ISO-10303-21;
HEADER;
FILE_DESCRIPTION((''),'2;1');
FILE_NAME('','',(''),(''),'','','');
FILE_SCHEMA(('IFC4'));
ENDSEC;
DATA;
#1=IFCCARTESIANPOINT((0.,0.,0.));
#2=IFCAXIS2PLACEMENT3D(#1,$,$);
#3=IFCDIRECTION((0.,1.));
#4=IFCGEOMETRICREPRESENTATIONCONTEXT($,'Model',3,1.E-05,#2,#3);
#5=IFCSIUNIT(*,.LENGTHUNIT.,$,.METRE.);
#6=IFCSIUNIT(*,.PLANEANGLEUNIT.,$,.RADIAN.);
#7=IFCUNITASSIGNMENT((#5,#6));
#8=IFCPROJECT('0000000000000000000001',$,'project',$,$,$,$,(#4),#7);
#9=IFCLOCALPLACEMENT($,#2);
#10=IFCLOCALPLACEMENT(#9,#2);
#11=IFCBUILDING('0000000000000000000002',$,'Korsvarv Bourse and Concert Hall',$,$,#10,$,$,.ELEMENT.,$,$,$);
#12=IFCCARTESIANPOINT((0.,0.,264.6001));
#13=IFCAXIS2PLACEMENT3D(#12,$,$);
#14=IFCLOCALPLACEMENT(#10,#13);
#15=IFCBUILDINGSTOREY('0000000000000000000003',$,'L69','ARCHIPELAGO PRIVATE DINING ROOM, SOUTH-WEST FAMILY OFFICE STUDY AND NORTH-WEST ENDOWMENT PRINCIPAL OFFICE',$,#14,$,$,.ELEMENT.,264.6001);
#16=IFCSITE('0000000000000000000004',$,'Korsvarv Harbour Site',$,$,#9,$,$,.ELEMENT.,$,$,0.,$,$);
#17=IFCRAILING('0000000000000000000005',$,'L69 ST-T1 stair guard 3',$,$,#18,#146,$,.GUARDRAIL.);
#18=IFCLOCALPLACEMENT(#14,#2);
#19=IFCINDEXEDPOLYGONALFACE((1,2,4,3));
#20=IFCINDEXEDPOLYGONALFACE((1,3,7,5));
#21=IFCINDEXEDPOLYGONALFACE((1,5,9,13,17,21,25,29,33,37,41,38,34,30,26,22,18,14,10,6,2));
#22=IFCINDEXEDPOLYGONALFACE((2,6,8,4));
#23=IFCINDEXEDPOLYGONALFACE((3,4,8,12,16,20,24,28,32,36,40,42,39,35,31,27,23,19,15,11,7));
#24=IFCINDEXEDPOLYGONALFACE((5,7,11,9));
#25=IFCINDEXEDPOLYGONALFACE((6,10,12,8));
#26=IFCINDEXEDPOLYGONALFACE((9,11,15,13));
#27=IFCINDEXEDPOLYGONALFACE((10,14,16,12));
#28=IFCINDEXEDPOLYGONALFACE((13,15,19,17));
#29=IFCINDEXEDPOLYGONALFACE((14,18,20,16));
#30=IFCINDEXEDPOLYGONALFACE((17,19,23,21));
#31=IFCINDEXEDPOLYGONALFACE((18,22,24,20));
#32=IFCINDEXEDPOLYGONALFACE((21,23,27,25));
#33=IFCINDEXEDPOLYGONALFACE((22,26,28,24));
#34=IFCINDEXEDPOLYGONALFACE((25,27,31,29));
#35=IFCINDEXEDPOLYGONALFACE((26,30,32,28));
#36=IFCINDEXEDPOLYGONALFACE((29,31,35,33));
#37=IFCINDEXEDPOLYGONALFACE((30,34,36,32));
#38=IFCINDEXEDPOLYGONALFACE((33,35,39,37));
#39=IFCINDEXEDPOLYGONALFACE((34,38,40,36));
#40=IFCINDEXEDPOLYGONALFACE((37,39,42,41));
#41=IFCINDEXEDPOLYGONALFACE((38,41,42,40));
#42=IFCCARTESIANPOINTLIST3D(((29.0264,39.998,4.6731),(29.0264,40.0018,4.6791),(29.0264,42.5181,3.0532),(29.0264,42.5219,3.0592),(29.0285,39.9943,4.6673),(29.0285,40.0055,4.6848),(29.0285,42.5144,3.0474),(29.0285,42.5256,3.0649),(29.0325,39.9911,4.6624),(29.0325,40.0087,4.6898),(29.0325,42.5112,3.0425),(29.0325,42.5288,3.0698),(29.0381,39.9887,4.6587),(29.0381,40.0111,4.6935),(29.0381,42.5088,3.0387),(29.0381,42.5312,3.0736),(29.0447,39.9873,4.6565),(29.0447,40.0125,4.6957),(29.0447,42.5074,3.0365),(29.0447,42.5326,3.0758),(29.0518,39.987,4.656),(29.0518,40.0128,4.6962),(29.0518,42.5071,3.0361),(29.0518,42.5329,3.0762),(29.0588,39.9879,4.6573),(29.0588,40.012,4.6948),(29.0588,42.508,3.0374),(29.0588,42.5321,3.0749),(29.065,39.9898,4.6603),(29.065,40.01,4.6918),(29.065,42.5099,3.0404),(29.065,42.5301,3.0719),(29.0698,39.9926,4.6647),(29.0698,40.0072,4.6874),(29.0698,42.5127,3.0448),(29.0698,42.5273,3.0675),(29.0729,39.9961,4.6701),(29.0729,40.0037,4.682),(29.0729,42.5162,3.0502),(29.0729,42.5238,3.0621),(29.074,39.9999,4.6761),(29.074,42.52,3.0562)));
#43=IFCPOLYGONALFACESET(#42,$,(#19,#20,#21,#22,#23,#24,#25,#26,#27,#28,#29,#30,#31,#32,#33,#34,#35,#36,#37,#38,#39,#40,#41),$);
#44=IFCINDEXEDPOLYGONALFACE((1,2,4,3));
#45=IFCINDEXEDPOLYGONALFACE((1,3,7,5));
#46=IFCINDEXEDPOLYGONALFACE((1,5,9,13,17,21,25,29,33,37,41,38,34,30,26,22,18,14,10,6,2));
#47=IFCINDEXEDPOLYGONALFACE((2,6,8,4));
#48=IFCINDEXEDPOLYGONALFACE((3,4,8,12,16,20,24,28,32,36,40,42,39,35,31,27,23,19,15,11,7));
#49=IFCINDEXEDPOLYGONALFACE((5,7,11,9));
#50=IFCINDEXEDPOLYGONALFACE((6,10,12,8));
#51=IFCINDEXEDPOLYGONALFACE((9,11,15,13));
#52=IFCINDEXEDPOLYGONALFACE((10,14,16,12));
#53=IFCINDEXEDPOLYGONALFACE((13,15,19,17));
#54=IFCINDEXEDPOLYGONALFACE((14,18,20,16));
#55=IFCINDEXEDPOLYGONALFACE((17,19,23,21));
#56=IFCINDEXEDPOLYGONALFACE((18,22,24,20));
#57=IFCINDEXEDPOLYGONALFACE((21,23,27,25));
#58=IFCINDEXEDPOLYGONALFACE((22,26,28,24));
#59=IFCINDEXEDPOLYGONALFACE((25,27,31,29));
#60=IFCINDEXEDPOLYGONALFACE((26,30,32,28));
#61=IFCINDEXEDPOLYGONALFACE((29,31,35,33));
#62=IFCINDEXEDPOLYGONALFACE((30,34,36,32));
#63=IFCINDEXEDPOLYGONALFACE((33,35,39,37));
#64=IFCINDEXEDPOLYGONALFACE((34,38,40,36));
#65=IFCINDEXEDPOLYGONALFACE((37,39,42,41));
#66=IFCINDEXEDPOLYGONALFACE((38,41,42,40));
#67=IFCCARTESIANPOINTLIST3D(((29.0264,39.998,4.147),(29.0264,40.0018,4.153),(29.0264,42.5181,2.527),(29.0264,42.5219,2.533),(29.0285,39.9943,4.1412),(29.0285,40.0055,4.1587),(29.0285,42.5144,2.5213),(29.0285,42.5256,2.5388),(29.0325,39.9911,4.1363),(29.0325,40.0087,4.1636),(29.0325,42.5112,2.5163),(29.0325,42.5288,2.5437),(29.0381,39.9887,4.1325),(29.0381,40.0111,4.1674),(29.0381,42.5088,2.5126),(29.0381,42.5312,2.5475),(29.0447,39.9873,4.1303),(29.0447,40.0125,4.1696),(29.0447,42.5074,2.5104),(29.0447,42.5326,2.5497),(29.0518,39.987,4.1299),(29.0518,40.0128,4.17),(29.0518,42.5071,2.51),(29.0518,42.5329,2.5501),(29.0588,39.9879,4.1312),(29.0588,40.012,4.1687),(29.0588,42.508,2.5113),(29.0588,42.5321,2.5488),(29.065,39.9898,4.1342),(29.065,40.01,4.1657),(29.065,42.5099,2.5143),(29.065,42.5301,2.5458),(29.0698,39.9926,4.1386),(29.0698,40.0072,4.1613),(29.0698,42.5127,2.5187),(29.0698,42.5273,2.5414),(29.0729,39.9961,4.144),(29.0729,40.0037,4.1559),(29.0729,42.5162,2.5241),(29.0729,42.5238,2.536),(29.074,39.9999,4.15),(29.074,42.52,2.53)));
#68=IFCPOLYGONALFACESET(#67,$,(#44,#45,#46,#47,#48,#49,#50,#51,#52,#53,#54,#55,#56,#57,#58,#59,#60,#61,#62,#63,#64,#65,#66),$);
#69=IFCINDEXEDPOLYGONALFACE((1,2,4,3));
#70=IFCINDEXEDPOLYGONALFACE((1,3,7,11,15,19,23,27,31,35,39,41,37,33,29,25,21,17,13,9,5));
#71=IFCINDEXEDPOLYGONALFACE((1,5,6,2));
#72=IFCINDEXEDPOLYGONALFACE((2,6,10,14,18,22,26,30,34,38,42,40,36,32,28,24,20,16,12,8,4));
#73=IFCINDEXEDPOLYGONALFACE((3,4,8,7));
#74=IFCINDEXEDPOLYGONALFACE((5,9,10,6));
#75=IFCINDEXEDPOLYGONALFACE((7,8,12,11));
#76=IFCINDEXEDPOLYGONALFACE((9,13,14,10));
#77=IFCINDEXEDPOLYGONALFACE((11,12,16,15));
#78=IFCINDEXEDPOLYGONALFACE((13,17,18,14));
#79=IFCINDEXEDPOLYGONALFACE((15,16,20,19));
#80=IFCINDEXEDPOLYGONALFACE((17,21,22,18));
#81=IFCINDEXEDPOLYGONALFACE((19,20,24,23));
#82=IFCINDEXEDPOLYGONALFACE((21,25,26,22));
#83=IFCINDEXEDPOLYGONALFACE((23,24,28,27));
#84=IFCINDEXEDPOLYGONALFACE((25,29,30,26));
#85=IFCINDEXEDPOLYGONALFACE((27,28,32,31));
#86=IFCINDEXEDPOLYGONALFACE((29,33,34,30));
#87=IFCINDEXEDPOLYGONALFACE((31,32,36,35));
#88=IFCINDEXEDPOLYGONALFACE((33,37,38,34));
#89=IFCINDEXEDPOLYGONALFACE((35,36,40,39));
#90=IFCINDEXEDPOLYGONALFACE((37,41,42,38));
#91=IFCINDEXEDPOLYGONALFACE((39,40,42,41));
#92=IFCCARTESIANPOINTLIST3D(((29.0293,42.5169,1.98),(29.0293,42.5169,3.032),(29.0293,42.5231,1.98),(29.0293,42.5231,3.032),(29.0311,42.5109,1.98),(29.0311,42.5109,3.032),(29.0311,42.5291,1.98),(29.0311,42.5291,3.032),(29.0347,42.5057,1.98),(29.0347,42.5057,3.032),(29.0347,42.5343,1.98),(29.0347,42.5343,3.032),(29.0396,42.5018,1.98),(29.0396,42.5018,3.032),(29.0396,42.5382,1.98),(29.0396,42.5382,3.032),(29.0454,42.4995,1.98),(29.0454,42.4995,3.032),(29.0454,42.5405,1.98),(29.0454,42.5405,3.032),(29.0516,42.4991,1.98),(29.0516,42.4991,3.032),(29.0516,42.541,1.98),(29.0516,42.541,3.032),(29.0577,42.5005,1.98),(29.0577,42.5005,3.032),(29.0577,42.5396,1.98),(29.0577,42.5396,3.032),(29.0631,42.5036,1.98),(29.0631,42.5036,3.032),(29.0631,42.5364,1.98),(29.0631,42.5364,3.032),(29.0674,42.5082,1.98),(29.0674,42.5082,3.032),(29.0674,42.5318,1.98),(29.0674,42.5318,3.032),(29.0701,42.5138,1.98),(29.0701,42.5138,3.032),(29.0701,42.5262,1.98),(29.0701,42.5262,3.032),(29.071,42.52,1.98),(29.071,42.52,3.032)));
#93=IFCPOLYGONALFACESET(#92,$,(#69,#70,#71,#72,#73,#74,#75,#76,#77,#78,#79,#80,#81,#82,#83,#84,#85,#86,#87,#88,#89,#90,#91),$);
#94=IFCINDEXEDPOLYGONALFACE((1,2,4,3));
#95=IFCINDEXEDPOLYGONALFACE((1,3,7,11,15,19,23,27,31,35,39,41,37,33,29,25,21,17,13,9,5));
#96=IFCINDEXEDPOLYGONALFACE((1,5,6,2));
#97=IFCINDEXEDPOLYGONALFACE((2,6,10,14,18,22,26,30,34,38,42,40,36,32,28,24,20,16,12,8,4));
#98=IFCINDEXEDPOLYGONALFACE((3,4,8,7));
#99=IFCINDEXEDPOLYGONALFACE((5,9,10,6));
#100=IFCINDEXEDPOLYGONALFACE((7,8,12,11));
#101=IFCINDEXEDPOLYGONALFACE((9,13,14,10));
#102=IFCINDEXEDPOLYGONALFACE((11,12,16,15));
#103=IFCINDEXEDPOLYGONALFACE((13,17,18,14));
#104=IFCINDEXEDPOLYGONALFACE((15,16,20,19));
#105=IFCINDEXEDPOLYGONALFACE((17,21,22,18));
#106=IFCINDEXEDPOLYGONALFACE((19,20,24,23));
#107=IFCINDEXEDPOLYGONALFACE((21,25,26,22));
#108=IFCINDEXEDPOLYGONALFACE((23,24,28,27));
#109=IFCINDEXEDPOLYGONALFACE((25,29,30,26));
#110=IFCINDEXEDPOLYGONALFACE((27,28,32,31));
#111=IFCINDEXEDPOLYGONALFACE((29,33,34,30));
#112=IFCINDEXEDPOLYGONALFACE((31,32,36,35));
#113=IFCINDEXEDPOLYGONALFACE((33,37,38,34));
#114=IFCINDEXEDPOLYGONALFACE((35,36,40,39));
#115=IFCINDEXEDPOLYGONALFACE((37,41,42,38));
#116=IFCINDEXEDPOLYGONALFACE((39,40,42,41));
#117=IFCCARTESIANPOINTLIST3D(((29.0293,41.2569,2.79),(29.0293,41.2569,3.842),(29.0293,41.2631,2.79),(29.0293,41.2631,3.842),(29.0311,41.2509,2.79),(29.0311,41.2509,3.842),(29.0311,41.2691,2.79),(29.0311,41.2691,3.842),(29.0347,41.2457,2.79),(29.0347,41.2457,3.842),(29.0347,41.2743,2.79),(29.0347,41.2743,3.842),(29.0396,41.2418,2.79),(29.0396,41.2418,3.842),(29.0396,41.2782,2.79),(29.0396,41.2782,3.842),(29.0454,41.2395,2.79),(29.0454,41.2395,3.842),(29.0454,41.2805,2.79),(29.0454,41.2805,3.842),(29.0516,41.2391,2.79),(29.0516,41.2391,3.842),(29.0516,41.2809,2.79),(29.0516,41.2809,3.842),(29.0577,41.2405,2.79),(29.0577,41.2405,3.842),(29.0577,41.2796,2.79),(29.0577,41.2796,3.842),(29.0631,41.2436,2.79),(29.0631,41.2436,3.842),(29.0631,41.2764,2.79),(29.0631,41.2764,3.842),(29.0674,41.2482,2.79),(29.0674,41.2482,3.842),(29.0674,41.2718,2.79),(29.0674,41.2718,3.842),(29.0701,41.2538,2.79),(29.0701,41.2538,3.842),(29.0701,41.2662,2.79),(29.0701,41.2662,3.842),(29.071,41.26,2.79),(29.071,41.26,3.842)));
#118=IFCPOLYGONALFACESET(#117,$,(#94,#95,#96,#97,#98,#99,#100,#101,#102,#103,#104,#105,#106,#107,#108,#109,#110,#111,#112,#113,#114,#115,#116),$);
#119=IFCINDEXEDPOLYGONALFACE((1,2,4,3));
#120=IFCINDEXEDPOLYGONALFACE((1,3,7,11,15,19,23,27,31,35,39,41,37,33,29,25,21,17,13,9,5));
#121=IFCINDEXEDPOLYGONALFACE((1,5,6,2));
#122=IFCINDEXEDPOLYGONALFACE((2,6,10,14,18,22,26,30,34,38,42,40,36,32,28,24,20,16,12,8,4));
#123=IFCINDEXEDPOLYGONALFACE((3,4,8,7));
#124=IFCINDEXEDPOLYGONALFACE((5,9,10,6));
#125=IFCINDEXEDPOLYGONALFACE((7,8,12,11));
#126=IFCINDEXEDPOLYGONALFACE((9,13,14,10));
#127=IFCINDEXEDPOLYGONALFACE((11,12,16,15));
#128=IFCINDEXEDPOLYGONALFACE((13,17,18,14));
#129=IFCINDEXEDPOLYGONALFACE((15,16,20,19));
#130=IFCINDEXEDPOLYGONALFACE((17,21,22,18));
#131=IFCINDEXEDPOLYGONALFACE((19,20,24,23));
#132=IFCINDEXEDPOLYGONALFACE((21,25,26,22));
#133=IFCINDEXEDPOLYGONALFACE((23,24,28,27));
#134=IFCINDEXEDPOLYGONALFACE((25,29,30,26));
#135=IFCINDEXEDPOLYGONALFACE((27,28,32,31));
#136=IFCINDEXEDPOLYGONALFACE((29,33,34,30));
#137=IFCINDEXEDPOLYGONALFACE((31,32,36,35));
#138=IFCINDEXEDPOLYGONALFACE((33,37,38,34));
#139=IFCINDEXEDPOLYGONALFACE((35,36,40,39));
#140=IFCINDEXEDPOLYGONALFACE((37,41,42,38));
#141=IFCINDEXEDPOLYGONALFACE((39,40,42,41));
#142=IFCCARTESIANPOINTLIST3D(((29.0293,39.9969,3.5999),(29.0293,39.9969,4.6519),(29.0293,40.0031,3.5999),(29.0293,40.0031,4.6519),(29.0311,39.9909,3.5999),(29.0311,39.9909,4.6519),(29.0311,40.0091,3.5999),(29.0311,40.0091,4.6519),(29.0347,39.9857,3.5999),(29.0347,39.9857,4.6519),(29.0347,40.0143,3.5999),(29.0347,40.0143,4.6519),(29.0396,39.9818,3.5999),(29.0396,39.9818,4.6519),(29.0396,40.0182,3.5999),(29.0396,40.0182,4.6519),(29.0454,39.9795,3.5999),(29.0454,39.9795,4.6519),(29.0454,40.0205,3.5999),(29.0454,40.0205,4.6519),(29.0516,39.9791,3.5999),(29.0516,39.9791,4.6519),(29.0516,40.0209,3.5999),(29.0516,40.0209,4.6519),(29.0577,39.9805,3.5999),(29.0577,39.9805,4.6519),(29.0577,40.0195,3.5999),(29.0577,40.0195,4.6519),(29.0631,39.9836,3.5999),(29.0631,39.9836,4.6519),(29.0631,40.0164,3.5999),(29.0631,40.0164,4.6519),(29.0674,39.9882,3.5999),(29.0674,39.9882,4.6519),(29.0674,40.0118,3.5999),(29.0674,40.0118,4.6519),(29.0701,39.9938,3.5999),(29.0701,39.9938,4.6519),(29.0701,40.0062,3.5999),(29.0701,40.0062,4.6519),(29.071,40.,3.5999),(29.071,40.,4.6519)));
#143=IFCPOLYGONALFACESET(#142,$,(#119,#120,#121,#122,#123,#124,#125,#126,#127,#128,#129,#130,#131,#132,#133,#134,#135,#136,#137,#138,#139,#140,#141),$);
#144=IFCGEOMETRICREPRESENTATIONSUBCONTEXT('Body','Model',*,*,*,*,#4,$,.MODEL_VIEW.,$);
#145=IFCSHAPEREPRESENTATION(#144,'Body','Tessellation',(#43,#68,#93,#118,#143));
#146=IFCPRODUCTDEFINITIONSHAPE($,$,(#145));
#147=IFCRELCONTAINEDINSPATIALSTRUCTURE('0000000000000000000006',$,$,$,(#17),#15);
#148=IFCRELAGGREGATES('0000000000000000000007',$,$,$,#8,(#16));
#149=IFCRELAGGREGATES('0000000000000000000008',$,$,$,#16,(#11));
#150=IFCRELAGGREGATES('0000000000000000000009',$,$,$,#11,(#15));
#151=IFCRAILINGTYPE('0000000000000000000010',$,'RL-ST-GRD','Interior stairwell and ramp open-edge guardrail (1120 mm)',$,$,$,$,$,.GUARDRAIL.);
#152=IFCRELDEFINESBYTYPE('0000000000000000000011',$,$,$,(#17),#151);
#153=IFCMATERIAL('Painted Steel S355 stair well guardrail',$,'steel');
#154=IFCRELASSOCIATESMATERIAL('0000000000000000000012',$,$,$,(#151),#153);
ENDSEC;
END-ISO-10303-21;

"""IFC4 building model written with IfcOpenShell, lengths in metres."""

from ifc_helpers import new_model, si_unit, direction, frame, origin, origin_2d, place, context, subcontext, project, spatial, circle, extrude, material, type_object, element, save


model = new_model("IFC4")

# Units and contexts
model_context = context("Model", 3, precision=1e-05, world=origin(), true_north=direction((0.0, 1.0)))
body_context = subcontext(model_context, "Body", "Model", "MODEL_VIEW")
ifc_project = project(units=[si_unit("LENGTHUNIT", "METRE"), si_unit("PLANEANGLEUNIT", "RADIAN")], contexts=[model_context])

# Site, building, storey
site_placement = place(None, origin())
site = spatial("IfcSite", under=ifc_project, at=site_placement, Name="Korsvarv Harbour Site", CompositionType="ELEMENT", RefElevation=0.0)
building_placement = place(site_placement, origin())
building = spatial("IfcBuilding", under=site, at=building_placement, Name="Korsvarv Bourse and Concert Hall", CompositionType="ELEMENT")
storey_placement = place(building_placement, frame((0.0, 0.0, 264.6001)))
storey = spatial("IfcBuildingStorey", under=building, at=storey_placement, Name="L69", Description="ARCHIPELAGO PRIVATE DINING ROOM, SOUTH-WEST FAMILY OFFICE STUDY AND NORTH-WEST ENDOWMENT PRINCIPAL OFFICE", CompositionType="ELEMENT", Elevation=264.6001)

# Railing
ifc_material_1 = material(Name="Painted Steel S355 stair well guardrail", Category="steel")
railing_type_1 = type_object("IfcRailingType", Name="RL-ST-GRD", Description="Interior stairwell and ramp open-edge guardrail (1120 mm)", PredefinedType="GUARDRAIL", material=ifc_material_1)
railing_1_placement = place(storey_placement, frame((29.05, 42.52, 1.98)))
element("IfcRailing", 1, at=railing_1_placement, inside=storey, type_object=railing_type_1, Name="L69 ST-T1 stair guard 3", PredefinedType="GUARDRAIL", context=body_context, shape_type="SweptSolid", body=[
    extrude(circle(Radius=0.0239, at=origin_2d()), frame((0.0, 0.0, 1.0762), z_axis=(0.0, -0.8412, 0.540725), x_axis=(1.0, 0.0, 0.0)), (0.0, 0.0, 1.0), 2.9958),
    extrude(circle(Radius=0.0239, at=origin_2d()), frame((0.0, 0.0, 0.55), z_axis=(0.0, -0.8412, 0.540725), x_axis=(1.0, 0.0, 0.0)), (0.0, 0.0, 1.0), 2.9958),
    extrude(circle(Radius=0.021, at=origin_2d()), origin(), (0.0, 0.0, 1.0), 1.052),
    extrude(circle(Radius=0.021, at=origin_2d()), frame((0.0, -1.26, 0.8101)), (0.0, 0.0, 1.0), 1.052),
    extrude(circle(Radius=0.021, at=origin_2d()), frame((0.0, -2.52, 1.6199)), (0.0, 0.0, 1.0), 1.052),
])

save(model, "model.ifc")
